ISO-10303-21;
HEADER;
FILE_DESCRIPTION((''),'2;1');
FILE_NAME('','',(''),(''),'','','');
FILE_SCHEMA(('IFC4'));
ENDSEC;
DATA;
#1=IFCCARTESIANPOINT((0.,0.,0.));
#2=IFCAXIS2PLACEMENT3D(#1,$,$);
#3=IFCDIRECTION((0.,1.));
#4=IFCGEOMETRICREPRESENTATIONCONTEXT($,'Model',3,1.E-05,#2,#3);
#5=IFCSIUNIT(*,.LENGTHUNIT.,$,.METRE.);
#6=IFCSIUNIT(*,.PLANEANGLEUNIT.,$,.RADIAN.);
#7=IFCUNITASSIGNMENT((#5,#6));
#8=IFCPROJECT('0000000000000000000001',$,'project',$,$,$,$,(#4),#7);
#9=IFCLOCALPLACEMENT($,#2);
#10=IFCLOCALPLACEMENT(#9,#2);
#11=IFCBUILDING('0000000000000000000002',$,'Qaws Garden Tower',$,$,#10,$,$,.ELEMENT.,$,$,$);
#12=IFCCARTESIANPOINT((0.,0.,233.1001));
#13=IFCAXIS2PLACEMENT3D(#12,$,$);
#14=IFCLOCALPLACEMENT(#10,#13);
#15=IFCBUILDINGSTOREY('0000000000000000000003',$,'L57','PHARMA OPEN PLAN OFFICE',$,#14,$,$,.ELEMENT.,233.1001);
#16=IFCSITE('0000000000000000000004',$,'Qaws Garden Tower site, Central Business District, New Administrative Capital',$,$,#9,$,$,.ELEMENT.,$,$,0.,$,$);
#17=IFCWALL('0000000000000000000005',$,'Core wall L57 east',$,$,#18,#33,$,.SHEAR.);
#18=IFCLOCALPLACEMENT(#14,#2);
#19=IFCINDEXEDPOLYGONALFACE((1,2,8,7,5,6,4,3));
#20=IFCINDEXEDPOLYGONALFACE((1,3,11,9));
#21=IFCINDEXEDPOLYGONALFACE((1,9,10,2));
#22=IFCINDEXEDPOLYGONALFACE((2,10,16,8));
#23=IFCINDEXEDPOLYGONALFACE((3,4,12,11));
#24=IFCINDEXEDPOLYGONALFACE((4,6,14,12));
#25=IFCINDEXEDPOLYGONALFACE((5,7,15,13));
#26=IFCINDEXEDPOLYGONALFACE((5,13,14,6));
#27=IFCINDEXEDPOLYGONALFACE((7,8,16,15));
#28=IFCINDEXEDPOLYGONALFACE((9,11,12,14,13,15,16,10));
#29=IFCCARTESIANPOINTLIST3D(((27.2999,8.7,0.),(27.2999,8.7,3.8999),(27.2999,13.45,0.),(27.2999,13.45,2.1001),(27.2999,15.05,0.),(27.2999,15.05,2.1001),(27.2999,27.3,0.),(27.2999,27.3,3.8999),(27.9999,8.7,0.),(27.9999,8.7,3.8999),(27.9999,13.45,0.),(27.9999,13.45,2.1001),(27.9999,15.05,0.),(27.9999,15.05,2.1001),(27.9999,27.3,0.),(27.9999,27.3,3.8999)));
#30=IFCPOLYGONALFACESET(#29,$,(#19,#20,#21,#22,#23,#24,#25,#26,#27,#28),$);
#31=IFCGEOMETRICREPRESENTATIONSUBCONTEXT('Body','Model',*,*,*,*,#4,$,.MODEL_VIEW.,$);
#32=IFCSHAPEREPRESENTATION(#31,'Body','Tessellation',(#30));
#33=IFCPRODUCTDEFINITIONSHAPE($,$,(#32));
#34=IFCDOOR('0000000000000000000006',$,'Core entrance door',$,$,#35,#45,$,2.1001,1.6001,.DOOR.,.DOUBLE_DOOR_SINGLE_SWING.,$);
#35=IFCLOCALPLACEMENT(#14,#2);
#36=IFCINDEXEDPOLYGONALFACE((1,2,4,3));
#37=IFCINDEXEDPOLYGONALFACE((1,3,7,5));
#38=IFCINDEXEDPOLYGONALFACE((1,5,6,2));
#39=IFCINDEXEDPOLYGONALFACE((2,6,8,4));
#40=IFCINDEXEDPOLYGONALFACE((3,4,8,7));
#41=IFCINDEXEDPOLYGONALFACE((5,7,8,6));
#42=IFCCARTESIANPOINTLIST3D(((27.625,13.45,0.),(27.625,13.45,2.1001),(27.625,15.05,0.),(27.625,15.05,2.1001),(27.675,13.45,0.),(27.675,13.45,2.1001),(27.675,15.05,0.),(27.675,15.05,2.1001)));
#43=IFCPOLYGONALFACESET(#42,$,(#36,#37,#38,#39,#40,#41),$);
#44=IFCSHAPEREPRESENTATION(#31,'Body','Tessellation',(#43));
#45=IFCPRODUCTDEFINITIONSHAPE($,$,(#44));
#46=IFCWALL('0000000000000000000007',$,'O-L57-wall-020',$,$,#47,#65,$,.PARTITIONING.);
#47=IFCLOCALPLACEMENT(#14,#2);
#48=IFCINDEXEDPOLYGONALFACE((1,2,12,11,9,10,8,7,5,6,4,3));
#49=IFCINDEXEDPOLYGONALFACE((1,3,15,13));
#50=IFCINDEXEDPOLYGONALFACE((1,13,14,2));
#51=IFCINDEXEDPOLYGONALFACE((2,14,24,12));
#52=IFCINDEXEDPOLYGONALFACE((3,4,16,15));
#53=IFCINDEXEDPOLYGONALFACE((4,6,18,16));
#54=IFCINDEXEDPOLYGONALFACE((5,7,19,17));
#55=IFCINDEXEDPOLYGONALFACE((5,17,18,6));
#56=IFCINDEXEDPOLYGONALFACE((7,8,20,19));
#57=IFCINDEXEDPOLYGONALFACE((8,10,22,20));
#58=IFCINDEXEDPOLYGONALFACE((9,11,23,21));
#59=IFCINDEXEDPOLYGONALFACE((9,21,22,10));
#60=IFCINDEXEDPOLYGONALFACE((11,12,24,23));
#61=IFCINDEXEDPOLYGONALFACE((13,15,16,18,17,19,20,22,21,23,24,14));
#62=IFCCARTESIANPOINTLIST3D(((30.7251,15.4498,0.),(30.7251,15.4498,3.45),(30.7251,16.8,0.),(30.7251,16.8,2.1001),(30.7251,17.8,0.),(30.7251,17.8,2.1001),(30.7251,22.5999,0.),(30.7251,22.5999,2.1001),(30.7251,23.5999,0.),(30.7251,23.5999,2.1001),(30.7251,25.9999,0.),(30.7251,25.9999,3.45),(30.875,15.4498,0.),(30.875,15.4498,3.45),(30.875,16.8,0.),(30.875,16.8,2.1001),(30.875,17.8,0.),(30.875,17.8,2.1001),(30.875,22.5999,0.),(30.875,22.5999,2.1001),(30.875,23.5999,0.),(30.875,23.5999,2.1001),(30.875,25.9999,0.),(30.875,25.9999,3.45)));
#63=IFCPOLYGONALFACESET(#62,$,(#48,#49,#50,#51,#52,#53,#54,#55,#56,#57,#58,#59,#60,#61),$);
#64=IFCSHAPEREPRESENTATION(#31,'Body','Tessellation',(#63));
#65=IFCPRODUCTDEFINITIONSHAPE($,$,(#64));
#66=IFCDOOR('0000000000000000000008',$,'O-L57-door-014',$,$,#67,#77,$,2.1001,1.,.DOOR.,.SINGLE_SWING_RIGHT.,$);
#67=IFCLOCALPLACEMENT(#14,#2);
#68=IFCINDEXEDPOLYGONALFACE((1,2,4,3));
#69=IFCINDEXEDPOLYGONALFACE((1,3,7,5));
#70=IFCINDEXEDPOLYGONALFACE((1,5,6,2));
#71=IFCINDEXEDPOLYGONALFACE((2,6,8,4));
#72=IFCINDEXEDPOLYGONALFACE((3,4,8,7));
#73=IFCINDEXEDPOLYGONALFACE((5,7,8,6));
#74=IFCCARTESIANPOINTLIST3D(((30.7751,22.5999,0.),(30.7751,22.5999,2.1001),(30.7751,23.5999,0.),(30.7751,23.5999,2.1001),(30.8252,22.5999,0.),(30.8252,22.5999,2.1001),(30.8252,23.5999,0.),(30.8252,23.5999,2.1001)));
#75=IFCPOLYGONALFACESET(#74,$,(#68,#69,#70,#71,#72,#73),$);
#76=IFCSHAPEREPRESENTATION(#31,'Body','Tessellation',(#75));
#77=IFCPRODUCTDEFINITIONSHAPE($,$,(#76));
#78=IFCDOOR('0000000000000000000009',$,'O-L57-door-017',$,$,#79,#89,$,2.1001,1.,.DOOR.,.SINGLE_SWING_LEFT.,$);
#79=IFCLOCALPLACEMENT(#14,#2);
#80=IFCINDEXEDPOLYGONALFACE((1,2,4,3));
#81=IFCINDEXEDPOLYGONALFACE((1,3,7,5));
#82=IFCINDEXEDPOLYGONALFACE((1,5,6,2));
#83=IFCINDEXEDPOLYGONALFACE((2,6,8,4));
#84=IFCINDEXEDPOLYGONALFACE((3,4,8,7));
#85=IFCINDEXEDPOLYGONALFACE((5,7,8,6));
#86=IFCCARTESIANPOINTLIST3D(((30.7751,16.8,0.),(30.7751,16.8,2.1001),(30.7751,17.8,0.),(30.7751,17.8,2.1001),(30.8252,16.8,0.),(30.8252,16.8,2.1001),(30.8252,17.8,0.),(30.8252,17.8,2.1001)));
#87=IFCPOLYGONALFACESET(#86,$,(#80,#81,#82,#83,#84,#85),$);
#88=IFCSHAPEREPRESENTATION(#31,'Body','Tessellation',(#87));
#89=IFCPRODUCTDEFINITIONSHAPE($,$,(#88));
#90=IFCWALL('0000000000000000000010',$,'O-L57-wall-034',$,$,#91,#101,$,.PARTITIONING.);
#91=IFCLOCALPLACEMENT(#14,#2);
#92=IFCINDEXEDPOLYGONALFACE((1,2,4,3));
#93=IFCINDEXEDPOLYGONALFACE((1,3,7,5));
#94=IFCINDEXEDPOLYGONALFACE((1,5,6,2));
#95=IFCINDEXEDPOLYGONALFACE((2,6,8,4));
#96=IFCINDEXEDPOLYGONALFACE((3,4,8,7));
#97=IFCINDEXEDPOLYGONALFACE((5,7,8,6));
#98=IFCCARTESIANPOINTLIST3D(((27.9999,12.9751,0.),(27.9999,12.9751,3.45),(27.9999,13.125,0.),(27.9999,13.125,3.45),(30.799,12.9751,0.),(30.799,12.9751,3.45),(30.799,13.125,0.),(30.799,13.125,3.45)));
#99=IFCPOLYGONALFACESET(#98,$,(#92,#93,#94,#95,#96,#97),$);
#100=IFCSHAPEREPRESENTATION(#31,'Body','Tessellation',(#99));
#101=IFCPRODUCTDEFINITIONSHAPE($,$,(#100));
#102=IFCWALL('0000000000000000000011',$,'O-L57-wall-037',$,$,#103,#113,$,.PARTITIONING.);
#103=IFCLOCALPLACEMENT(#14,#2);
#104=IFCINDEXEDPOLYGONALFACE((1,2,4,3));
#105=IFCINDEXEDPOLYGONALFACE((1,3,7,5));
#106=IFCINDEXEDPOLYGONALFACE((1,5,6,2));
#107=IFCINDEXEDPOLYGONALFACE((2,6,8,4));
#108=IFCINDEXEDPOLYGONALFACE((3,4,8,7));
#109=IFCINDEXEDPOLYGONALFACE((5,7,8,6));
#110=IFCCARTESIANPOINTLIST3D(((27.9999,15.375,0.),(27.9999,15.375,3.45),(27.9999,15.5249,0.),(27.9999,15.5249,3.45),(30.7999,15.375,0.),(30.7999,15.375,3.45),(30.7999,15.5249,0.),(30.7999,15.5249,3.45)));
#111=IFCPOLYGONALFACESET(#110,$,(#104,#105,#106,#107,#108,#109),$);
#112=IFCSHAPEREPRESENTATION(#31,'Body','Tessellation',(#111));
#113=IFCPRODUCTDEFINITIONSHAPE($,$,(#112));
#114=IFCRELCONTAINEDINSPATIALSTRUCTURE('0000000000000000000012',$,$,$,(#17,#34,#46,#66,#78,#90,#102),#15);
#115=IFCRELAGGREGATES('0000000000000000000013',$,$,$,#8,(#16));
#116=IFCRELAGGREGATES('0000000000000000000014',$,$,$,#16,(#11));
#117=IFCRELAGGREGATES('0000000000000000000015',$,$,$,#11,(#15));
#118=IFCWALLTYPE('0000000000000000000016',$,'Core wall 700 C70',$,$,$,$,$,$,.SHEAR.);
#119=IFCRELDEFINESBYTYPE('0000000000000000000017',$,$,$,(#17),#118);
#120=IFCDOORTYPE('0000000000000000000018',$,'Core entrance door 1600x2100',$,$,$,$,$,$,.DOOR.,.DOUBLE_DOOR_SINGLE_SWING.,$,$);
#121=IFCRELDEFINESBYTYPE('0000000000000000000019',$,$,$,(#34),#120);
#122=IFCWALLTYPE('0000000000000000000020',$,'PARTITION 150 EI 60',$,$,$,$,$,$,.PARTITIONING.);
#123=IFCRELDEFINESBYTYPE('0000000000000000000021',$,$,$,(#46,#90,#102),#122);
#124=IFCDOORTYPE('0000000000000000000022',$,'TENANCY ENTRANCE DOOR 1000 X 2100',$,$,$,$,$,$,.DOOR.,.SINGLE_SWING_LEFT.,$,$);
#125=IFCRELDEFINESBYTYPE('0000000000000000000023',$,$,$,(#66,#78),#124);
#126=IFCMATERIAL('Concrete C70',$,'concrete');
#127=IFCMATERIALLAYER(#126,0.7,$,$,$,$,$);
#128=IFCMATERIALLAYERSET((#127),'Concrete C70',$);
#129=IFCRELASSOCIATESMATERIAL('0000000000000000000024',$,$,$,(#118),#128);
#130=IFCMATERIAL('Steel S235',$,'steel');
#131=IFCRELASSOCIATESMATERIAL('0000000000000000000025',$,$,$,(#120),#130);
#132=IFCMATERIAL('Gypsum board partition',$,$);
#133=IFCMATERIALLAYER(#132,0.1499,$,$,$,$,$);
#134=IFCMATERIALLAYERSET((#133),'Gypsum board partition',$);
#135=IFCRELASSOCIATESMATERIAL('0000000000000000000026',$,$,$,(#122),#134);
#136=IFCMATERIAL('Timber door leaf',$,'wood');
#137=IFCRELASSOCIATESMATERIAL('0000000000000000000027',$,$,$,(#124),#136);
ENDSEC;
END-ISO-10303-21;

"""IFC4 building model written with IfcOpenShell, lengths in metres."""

from ifc_helpers import new_model, si_unit, direction, frame, frame_2d, origin, place, context, subcontext, project, spatial, rectangle, extrude, material, layer, layer_set, type_object, element, fill, save


model = new_model("IFC4")

# Units and contexts
model_context = context("Model", 3, precision=1e-05, world=origin(), true_north=direction((0.0, 1.0)))
body_context = subcontext(model_context, "Body", "Model", "MODEL_VIEW")
ifc_project = project(units=[si_unit("LENGTHUNIT", "METRE"), si_unit("PLANEANGLEUNIT", "RADIAN")], contexts=[model_context])

# Site, building, storey
site_placement = place(None, origin())
site = spatial("IfcSite", under=ifc_project, at=site_placement, Name="Qaws Garden Tower site, Central Business District, New Administrative Capital", CompositionType="ELEMENT", RefElevation=0.0)
building_placement = place(site_placement, origin())
building = spatial("IfcBuilding", under=site, at=building_placement, Name="Qaws Garden Tower", CompositionType="ELEMENT")
storey_placement = place(building_placement, frame((0.0, 0.0, 233.1001)))
storey = spatial("IfcBuildingStorey", under=building, at=storey_placement, Name="L57", Description="PHARMA OPEN PLAN OFFICE", CompositionType="ELEMENT", Elevation=233.1001)

# Wall, opening, door
ifc_material_1 = material(Name="Concrete C70", Category="concrete")
ifc_layer_1 = layer(ifc_material_1, 0.7)
ifc_layer_set_1 = layer_set([ifc_layer_1], Name="Concrete C70")
wall_type_1 = type_object("IfcWallType", Name="Core wall 700 C70", PredefinedType="SHEAR", material=ifc_layer_set_1)
wall_1_placement = place(storey_placement, frame((27.6499, 8.7, 0.0), z_axis=(0.0, 0.0, 1.0), x_axis=(0.0, 1.0, 0.0)))
wall_1 = element("IfcWall", 1, at=wall_1_placement, inside=storey, type_object=wall_type_1, Name="Core wall L57 east", PredefinedType="SHEAR", context=body_context, shape_type="SweptSolid", body=[
    extrude(rectangle(XDim=18.6001, YDim=0.7, at=frame_2d((9.3, 0.0))), origin(), (0.0, 0.0, 1.0), 3.8999),
])
opening_1_placement = place(wall_1_placement, frame((4.75, 0.0, 0.0)))
opening_1 = element("IfcOpeningElement", 2, at=opening_1_placement, cuts=wall_1, PredefinedType="OPENING", context=body_context, shape_type="SweptSolid", body=[
    extrude(rectangle(XDim=1.6001, YDim=2.1001, at=frame_2d((0.8, 1.05))), frame((0.0, 0.3599, 0.0), z_axis=(0.0, -1.0, 0.0), x_axis=(1.0, 0.0, 0.0)), (0.0, 0.0, 1.0), 0.72),
])
ifc_material_2 = material(Name="Steel S235", Category="steel")
door_type_1 = type_object("IfcDoorType", Name="Core entrance door 1600x2100", OperationType="DOUBLE_DOOR_SINGLE_SWING", PredefinedType="DOOR", material=ifc_material_2)
door_1_placement = place(opening_1_placement, origin())
door_1 = element("IfcDoor", 3, at=door_1_placement, inside=storey, type_object=door_type_1, Name="Core entrance door", OperationType="DOUBLE_DOOR_SINGLE_SWING", OverallHeight=2.1001, OverallWidth=1.6001, PredefinedType="DOOR", context=body_context, shape_type="SweptSolid", body=[
    extrude(rectangle(XDim=1.6001, YDim=2.1001, at=frame_2d((0.8, 1.05))), frame((0.0, 0.0249, 0.0), z_axis=(0.0, -1.0, 0.0), x_axis=(1.0, 0.0, 0.0)), (0.0, 0.0, 1.0), 0.05),
])
fill(opening_1, door_1)

# Wall, openings, doors
ifc_material_3 = material(Name="Gypsum board partition")
ifc_layer_2 = layer(ifc_material_3, 0.1499)
ifc_layer_set_2 = layer_set([ifc_layer_2], Name="Gypsum board partition")
wall_type_2 = type_object("IfcWallType", Name="PARTITION 150 EI 60", PredefinedType="PARTITIONING", material=ifc_layer_set_2)
wall_2_placement = place(storey_placement, frame((30.8, 15.45, 0.0), z_axis=(0.0, 0.0, 1.0), x_axis=(0.0, 1.0, 0.0)))
wall_2 = element("IfcWall", 4, at=wall_2_placement, inside=storey, type_object=wall_type_2, Name="O-L57-wall-020", PredefinedType="PARTITIONING", context=body_context, shape_type="SweptSolid", body=[
    extrude(rectangle(XDim=10.55, YDim=0.1499, at=frame_2d((5.2749, 0.0))), origin(), (0.0, 0.0, 1.0), 3.45),
])
opening_2_placement = place(wall_2_placement, frame((7.1499, 0.0, 0.0)))
opening_2 = element("IfcOpeningElement", 5, at=opening_2_placement, cuts=wall_2, PredefinedType="OPENING", context=body_context, shape_type="SweptSolid", body=[
    extrude(rectangle(XDim=1.0, YDim=2.1001, at=frame_2d((0.5, 1.05))), frame((0.0, 0.085, 0.0), z_axis=(0.0, -1.0, 0.0), x_axis=(1.0, 0.0, 0.0)), (0.0, 0.0, 1.0), 0.1699),
])
opening_3_placement = place(wall_2_placement, frame((1.3501, 0.0, 0.0)))
opening_3 = element("IfcOpeningElement", 6, at=opening_3_placement, cuts=wall_2, PredefinedType="OPENING", context=body_context, shape_type="SweptSolid", body=[
    extrude(rectangle(XDim=1.0, YDim=2.1001, at=frame_2d((0.5, 1.05))), frame((0.0, 0.085, 0.0), z_axis=(0.0, -1.0, 0.0), x_axis=(1.0, 0.0, 0.0)), (0.0, 0.0, 1.0), 0.1699),
])
ifc_material_4 = material(Name="Timber door leaf", Category="wood")
door_type_2 = type_object("IfcDoorType", Name="TENANCY ENTRANCE DOOR 1000 X 2100", OperationType="SINGLE_SWING_LEFT", PredefinedType="DOOR", material=ifc_material_4)
door_2_placement = place(opening_2_placement, origin())
door_2 = element("IfcDoor", 7, at=door_2_placement, inside=storey, type_object=door_type_2, Name="O-L57-door-014", OperationType="SINGLE_SWING_RIGHT", OverallHeight=2.1001, OverallWidth=1.0, PredefinedType="DOOR", context=body_context, shape_type="SweptSolid", body=[
    extrude(rectangle(XDim=1.0, YDim=2.1001, at=frame_2d((0.5, 1.05))), frame((0.0, 0.0249, 0.0), z_axis=(0.0, -1.0, 0.0), x_axis=(1.0, 0.0, 0.0)), (0.0, 0.0, 1.0), 0.05),
])
fill(opening_2, door_2)
door_3_placement = place(opening_3_placement, origin())
door_3 = element("IfcDoor", 8, at=door_3_placement, inside=storey, type_object=door_type_2, Name="O-L57-door-017", OperationType="SINGLE_SWING_LEFT", OverallHeight=2.1001, OverallWidth=1.0, PredefinedType="DOOR", context=body_context, shape_type="SweptSolid", body=[
    extrude(rectangle(XDim=1.0, YDim=2.1001, at=frame_2d((0.5, 1.05))), frame((0.0, 0.0249, 0.0), z_axis=(0.0, -1.0, 0.0), x_axis=(1.0, 0.0, 0.0)), (0.0, 0.0, 1.0), 0.05),
])
fill(opening_3, door_3)

# Walls
wall_3_placement = place(storey_placement, frame((28.0, 13.05, 0.0), z_axis=(0.0, 0.0, 1.0), x_axis=(1.0, 0.0, 0.0)))
element("IfcWall", 9, at=wall_3_placement, inside=storey, type_object=wall_type_2, Name="O-L57-wall-034", PredefinedType="PARTITIONING", context=body_context, shape_type="SweptSolid", body=[
    extrude(rectangle(XDim=2.7991, YDim=0.1499, at=frame_2d((1.3994, 0.0))), origin(), (0.0, 0.0, 1.0), 3.45),
])
wall_4_placement = place(storey_placement, frame((28.0, 15.45, 0.0), z_axis=(0.0, 0.0, 1.0), x_axis=(1.0, 0.0, 0.0)))
element("IfcWall", 10, at=wall_4_placement, inside=storey, type_object=wall_type_2, Name="O-L57-wall-037", PredefinedType="PARTITIONING", context=body_context, shape_type="SweptSolid", body=[
    extrude(rectangle(XDim=2.8, YDim=0.1499, at=frame_2d((1.3999, 0.0))), origin(), (0.0, 0.0, 1.0), 3.45),
])

save(model, "model.ifc")
